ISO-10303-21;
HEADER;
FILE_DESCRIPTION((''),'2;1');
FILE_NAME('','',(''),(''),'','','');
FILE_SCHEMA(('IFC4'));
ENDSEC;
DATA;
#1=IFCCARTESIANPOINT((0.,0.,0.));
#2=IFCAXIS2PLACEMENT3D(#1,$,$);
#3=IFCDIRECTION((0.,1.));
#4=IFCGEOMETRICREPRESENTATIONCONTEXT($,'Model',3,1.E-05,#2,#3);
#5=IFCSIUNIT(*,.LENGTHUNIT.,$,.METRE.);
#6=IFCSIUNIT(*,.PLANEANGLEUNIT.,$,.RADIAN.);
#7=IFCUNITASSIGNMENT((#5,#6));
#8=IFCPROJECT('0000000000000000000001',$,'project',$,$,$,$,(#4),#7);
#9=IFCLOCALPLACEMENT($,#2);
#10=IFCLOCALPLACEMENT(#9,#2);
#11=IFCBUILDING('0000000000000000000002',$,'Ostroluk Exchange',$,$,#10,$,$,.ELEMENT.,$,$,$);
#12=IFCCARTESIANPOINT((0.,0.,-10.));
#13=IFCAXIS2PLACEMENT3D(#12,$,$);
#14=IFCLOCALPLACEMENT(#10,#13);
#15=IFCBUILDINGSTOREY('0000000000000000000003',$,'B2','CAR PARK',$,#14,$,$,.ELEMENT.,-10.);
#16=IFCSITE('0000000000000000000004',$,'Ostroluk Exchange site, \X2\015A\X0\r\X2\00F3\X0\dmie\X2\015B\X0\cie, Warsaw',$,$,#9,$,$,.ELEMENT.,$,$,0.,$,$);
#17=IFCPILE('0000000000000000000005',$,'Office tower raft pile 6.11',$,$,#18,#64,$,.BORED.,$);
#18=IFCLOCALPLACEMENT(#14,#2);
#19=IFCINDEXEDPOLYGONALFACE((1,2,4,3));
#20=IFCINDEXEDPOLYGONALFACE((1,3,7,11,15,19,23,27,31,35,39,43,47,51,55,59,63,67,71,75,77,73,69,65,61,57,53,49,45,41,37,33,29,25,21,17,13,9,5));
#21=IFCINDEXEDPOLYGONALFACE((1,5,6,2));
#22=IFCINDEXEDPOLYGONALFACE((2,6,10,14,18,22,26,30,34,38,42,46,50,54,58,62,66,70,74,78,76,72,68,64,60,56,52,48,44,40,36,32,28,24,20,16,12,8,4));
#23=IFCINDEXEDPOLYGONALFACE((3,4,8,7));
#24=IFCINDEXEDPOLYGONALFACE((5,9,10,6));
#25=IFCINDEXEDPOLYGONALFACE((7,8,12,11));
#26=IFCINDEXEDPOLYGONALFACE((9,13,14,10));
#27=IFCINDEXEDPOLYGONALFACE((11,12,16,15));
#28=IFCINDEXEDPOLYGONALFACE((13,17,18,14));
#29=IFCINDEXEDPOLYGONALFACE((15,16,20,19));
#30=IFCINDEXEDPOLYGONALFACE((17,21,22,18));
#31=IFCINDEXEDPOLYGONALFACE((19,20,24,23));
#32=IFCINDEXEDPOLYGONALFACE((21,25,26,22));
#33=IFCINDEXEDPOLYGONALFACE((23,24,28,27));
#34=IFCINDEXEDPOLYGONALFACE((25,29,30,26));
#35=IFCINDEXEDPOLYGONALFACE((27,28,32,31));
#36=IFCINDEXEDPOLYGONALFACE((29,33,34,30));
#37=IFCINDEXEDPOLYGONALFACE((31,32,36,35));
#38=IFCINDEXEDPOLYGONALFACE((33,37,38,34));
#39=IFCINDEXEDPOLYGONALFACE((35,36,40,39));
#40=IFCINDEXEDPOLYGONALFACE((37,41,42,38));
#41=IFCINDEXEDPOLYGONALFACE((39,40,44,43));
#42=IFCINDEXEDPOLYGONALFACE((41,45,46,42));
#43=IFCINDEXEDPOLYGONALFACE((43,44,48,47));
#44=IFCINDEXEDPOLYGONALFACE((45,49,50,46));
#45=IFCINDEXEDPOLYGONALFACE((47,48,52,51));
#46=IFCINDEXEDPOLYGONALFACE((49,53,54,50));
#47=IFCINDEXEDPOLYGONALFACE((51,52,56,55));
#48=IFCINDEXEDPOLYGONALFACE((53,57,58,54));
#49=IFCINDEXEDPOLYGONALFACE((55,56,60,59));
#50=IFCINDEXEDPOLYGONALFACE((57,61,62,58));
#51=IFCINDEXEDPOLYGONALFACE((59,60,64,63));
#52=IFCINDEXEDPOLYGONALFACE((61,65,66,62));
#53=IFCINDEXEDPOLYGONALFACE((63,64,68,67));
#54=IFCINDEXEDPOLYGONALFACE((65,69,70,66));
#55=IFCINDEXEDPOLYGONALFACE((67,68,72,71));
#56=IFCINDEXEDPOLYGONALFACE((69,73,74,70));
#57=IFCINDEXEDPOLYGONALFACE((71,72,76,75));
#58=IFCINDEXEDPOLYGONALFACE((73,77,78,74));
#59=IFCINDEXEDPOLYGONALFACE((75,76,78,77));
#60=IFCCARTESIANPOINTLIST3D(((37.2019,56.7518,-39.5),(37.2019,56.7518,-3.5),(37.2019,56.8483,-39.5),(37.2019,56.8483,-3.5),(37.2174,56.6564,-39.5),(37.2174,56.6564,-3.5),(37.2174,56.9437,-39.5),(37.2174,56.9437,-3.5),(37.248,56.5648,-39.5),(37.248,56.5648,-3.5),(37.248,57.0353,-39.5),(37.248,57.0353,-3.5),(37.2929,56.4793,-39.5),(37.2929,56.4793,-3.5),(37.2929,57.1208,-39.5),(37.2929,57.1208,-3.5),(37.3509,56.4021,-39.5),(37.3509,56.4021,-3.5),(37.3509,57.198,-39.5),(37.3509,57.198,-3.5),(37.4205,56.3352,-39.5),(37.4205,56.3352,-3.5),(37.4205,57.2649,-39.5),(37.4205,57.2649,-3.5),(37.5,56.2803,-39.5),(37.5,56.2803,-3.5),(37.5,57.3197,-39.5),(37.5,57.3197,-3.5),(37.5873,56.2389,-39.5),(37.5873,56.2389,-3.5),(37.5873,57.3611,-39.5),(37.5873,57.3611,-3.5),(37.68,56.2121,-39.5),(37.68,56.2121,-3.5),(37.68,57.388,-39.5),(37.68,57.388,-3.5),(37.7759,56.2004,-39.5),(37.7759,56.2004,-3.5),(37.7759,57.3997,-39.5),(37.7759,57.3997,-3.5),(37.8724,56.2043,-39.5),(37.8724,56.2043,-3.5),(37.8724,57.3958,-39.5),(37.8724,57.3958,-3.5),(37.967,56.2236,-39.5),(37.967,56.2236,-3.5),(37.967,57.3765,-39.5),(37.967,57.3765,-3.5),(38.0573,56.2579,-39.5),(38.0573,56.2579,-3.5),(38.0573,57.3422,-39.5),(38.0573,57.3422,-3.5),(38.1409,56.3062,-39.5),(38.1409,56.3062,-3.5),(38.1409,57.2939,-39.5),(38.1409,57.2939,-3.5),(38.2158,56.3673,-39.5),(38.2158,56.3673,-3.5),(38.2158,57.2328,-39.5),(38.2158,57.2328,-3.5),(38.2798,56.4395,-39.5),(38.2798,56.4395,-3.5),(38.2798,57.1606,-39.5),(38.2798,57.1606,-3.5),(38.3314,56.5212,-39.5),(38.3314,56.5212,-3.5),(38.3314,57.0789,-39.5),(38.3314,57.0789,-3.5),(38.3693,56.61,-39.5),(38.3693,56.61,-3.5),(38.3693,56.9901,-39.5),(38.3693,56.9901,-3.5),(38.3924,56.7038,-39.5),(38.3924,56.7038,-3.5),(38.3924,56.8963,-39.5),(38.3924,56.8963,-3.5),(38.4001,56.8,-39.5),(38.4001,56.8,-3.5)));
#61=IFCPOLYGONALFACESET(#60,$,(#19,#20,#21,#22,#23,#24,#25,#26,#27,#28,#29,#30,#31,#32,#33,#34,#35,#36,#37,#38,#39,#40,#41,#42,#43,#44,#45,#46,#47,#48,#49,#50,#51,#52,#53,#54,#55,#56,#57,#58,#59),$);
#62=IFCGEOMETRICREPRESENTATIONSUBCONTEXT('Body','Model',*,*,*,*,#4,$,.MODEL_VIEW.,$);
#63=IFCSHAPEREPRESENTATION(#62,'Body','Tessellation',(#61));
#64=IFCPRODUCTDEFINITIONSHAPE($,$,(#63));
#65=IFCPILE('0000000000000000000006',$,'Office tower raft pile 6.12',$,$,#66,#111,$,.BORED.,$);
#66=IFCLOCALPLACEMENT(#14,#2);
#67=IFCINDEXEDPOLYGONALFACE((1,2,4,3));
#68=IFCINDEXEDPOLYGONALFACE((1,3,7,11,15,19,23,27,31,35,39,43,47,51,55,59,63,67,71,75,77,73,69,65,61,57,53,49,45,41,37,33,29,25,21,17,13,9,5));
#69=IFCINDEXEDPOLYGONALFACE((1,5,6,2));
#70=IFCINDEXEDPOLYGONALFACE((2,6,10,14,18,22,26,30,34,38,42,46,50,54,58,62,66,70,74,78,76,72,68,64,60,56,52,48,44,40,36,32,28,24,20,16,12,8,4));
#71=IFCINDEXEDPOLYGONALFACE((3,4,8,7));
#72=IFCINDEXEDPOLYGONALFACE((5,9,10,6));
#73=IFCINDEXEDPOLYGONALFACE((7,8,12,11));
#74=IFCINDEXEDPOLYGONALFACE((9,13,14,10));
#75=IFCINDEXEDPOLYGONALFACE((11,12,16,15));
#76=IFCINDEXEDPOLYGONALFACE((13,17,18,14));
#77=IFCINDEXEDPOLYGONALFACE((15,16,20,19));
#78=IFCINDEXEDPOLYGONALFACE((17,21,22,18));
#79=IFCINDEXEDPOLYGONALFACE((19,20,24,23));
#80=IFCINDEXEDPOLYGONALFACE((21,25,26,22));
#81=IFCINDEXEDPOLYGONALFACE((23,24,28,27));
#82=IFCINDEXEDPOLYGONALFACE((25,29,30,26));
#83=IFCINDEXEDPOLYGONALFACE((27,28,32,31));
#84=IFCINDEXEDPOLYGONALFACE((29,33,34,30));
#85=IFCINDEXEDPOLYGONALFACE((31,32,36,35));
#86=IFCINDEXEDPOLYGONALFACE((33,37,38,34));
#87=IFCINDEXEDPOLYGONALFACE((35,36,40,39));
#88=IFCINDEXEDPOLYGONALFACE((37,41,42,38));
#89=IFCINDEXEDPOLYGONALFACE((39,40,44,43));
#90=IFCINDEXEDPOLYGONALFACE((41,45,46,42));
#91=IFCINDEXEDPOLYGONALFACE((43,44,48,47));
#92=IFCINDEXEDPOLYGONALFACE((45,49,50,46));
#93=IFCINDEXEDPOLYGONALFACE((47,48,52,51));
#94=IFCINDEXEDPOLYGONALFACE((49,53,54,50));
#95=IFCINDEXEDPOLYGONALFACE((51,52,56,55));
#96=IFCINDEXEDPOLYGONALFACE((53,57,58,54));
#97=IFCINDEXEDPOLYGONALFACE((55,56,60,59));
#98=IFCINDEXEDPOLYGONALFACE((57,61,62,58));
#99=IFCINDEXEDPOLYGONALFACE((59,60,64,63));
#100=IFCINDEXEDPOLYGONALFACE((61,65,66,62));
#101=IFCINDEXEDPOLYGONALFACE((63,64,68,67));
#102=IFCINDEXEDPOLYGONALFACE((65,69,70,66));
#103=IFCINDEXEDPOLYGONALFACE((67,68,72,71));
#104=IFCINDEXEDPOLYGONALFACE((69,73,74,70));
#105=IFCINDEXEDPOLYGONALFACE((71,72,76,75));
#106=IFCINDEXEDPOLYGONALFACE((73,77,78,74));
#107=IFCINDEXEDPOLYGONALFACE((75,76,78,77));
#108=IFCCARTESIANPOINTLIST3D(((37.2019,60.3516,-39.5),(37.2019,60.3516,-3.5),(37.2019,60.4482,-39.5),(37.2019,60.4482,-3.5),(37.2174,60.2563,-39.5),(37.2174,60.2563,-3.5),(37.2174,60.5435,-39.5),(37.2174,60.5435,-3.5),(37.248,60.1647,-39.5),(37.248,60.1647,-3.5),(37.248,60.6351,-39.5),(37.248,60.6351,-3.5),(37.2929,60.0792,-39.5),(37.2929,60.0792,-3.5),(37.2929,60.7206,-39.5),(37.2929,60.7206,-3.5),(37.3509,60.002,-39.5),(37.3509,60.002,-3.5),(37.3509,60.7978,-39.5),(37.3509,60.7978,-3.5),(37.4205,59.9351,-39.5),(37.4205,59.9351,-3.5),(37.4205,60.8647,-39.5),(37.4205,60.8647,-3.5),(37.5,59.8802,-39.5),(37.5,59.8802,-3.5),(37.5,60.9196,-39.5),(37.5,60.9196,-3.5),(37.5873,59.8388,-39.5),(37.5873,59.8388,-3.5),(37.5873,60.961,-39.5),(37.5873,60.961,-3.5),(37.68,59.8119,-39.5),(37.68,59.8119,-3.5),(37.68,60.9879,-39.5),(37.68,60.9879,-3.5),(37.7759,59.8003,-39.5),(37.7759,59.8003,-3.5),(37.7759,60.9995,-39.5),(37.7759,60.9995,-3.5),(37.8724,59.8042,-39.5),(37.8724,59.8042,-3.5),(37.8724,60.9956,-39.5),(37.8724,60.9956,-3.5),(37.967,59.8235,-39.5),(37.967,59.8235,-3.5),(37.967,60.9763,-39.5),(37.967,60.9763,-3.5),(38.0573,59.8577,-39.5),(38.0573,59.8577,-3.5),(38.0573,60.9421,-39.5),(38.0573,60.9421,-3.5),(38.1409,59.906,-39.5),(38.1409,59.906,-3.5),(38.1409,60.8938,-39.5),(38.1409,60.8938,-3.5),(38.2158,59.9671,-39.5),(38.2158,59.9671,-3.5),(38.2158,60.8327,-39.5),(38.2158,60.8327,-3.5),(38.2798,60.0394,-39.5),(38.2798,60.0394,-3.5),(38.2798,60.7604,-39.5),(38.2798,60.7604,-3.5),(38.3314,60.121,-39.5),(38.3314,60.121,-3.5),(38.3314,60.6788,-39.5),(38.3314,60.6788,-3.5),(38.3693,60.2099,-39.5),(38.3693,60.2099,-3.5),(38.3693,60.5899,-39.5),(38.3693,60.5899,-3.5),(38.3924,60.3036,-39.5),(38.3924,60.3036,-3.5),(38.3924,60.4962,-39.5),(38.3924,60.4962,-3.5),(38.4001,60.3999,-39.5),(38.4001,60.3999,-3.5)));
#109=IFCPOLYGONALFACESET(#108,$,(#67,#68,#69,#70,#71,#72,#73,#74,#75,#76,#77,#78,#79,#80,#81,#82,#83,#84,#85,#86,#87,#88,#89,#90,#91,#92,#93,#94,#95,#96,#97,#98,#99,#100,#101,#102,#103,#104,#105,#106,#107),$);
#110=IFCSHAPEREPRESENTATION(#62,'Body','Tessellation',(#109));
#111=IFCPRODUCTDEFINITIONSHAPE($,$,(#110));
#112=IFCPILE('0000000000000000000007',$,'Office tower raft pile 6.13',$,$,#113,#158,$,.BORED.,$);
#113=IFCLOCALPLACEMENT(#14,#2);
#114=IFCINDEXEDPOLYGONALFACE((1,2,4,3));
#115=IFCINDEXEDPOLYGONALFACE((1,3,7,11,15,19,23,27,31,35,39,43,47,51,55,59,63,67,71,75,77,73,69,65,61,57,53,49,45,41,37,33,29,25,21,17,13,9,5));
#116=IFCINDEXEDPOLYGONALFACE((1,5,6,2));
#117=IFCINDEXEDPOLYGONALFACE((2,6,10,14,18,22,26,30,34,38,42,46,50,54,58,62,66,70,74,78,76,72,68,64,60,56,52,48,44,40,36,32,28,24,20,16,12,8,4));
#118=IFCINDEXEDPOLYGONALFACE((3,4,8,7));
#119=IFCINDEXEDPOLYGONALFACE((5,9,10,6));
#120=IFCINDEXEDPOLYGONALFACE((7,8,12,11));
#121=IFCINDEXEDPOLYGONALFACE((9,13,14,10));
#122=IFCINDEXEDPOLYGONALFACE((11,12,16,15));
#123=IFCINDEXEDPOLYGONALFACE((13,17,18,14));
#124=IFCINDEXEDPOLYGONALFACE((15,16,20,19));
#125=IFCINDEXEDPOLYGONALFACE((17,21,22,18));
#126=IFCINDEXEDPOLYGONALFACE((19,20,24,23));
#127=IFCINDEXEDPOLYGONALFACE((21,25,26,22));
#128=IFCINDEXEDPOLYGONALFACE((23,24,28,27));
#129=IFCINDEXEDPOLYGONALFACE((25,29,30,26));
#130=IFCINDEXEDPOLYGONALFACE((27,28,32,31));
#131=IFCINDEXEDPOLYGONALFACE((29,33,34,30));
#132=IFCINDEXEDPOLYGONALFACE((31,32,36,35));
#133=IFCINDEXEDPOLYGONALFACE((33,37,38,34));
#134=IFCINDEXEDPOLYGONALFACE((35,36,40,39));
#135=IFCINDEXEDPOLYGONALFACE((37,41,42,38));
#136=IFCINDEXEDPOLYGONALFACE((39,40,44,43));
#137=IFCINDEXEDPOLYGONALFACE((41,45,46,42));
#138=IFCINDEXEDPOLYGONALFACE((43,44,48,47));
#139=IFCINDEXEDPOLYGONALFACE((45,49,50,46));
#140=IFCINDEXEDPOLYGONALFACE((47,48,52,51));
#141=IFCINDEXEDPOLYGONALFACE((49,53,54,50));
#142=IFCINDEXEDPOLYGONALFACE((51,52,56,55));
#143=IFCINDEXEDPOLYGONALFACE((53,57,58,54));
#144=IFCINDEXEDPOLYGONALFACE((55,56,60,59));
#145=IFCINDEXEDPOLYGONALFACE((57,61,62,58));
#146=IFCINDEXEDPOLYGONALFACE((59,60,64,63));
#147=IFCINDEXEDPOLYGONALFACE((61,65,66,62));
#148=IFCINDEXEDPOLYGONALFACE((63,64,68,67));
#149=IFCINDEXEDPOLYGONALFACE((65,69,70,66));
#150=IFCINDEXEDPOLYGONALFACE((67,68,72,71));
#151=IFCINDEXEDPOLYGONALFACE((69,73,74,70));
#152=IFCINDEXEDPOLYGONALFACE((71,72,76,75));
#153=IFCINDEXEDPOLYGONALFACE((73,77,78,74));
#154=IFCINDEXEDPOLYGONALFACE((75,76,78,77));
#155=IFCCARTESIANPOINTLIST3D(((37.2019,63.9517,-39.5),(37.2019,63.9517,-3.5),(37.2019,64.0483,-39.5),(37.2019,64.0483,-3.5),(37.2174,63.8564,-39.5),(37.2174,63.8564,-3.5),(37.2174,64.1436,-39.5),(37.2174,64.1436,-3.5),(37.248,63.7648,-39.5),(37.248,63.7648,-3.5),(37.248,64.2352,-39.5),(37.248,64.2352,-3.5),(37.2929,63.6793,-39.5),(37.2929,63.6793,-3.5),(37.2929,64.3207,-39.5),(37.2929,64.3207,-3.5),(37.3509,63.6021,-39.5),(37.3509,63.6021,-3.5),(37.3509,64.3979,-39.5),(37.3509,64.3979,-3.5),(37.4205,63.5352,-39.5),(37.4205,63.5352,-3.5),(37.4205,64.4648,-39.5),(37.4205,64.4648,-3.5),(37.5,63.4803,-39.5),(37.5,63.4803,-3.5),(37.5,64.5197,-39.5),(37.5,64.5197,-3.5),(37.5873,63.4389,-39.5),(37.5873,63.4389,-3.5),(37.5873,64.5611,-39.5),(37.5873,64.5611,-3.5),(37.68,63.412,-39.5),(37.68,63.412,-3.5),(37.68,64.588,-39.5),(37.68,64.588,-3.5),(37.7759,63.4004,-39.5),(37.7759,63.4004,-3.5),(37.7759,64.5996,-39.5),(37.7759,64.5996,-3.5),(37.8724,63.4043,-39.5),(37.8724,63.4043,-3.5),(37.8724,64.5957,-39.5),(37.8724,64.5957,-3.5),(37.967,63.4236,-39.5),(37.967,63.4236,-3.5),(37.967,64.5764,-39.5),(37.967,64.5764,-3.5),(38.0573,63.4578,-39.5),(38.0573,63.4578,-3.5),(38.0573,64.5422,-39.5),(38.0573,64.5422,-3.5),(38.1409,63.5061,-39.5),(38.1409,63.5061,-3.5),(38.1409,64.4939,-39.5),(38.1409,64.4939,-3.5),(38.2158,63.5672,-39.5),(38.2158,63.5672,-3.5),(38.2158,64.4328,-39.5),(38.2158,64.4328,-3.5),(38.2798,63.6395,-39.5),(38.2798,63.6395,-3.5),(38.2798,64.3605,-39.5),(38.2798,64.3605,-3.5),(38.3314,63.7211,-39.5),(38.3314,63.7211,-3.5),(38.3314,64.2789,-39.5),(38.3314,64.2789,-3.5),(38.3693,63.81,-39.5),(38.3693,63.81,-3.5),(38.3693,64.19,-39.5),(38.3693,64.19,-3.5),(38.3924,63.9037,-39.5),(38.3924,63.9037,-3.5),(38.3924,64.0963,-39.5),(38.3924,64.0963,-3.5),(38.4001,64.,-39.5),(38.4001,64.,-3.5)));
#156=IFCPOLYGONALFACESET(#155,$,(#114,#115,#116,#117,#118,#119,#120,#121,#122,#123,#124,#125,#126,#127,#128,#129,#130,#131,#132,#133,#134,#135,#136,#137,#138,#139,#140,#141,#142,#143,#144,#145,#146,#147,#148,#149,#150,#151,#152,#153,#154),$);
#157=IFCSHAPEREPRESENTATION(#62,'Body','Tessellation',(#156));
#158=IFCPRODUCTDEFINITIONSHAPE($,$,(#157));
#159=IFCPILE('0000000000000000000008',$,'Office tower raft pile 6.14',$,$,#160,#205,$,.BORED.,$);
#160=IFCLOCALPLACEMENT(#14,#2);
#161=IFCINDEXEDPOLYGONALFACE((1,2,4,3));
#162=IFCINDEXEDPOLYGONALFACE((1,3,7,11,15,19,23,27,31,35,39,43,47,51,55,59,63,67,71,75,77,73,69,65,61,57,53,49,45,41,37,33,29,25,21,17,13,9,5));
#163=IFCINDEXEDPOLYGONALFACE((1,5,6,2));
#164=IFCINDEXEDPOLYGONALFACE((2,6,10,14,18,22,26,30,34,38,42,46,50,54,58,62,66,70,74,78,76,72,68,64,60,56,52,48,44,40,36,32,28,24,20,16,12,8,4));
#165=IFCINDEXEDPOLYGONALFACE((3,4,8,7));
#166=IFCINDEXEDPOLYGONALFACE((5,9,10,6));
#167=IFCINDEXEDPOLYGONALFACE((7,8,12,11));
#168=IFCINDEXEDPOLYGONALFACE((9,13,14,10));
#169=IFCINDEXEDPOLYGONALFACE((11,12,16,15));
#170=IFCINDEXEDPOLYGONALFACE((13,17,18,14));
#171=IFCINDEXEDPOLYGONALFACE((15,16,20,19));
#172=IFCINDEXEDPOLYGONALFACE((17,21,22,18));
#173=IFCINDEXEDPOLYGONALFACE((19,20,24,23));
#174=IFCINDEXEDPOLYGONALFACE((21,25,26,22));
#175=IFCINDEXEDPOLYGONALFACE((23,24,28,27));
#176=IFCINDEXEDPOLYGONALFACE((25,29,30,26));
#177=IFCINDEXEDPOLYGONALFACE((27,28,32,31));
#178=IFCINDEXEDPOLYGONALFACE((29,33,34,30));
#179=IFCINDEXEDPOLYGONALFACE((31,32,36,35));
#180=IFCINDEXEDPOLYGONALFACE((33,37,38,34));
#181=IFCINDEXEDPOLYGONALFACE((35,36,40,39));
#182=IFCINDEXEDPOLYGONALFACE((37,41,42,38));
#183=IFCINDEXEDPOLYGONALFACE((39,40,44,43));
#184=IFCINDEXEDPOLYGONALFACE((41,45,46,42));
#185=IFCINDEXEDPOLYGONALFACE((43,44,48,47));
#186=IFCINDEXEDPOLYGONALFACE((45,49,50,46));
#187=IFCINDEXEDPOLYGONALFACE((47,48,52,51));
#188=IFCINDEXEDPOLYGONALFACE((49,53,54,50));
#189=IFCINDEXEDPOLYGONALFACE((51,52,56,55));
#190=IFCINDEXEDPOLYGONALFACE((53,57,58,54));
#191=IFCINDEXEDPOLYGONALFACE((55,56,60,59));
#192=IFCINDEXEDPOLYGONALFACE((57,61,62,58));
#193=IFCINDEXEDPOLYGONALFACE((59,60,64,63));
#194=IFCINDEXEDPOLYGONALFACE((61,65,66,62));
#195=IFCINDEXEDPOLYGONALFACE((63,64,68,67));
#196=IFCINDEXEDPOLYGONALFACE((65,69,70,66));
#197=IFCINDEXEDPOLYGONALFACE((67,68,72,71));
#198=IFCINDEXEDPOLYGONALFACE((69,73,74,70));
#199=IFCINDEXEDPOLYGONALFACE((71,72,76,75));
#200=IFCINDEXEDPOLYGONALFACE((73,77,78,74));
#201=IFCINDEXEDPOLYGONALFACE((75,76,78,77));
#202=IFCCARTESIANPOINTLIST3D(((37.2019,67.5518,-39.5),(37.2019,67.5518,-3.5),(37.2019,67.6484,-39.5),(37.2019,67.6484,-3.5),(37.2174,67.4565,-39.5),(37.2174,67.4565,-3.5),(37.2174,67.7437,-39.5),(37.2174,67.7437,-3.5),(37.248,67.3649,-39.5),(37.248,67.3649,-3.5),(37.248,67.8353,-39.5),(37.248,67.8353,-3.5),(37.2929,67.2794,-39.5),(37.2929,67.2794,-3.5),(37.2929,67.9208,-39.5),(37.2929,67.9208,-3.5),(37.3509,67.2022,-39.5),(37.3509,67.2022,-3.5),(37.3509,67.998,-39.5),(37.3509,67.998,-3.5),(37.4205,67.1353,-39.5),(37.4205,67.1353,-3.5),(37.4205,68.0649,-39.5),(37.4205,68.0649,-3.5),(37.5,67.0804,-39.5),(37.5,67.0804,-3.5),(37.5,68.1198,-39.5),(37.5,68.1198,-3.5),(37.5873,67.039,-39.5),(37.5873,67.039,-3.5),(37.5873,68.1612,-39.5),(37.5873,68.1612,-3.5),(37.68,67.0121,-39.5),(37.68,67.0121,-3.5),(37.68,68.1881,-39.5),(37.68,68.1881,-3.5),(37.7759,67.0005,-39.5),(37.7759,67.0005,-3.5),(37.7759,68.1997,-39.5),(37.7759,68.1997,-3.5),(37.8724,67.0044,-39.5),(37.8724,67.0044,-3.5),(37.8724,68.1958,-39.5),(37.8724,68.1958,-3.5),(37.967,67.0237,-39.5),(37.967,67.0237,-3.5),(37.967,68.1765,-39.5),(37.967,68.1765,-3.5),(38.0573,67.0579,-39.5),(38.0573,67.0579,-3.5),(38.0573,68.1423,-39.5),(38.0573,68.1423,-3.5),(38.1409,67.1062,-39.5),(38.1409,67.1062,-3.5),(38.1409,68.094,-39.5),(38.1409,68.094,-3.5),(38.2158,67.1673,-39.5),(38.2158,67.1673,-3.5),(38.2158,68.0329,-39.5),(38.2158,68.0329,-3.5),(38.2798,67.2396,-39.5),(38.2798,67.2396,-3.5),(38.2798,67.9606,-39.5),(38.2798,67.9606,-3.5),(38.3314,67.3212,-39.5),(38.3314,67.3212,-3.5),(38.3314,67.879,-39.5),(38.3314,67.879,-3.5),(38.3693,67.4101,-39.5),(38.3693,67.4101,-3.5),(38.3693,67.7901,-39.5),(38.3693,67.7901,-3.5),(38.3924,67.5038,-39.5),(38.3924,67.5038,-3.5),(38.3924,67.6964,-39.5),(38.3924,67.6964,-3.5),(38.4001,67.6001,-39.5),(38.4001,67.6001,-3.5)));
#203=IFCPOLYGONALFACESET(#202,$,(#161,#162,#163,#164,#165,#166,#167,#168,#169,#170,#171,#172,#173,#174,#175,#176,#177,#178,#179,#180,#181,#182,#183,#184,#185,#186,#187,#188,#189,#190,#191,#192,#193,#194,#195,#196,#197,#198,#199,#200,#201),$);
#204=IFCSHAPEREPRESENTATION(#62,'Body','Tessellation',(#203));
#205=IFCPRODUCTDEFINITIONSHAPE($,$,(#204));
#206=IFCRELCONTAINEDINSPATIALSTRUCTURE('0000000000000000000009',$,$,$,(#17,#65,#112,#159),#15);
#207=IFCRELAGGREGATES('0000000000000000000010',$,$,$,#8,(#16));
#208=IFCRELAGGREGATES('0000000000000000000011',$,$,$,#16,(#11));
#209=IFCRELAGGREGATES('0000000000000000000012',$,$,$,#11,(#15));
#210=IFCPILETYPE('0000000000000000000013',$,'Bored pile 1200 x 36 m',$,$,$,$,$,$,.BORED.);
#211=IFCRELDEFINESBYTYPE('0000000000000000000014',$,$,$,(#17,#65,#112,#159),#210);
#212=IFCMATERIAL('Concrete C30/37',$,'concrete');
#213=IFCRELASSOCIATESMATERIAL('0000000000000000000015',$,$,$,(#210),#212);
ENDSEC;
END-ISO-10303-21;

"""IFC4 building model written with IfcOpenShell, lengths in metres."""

from ifc_helpers import new_model, si_unit, direction, frame, origin, origin_2d, place, context, subcontext, project, spatial, circle, extrude, material, type_object, element, save


model = new_model("IFC4")

# Units and contexts
model_context = context("Model", 3, precision=1e-05, world=origin(), true_north=direction((0.0, 1.0)))
body_context = subcontext(model_context, "Body", "Model", "MODEL_VIEW")
ifc_project = project(units=[si_unit("LENGTHUNIT", "METRE"), si_unit("PLANEANGLEUNIT", "RADIAN")], contexts=[model_context])

# Site, building, storey
site_placement = place(None, origin())
site = spatial("IfcSite", under=ifc_project, at=site_placement, Name="Ostroluk Exchange site, Śródmieście, Warsaw", CompositionType="ELEMENT", RefElevation=0.0)
building_placement = place(site_placement, origin())
building = spatial("IfcBuilding", under=site, at=building_placement, Name="Ostroluk Exchange", CompositionType="ELEMENT")
storey_placement = place(building_placement, frame((0.0, 0.0, -10.0)))
storey = spatial("IfcBuildingStorey", under=building, at=storey_placement, Name="B2", Description="CAR PARK", CompositionType="ELEMENT", Elevation=-10.0)

# Piles
ifc_material_1 = material(Name="Concrete C30/37", Category="concrete")
pile_type = type_object("IfcPileType", Name="Bored pile 1200 x 36 m", PredefinedType="BORED", material=ifc_material_1)
for number, where, z_axis, x_axis, name in (
    (1, (37.8, 56.8, -3.5), (0.0, 0.0, -1.0), (1.0, 0.0, 0.0), "Office tower raft pile 6.11"),
    (2, (37.8, 60.3999, -3.5), (0.0, 0.0, -1.0), (1.0, 0.0, 0.0), "Office tower raft pile 6.12"),
    (3, (37.8, 64.0, -3.5), (0.0, 0.0, -1.0), (1.0, 0.0, 0.0), "Office tower raft pile 6.13"),
    (4, (37.8, 67.6001, -3.5), (0.0, 0.0, -1.0), (1.0, 0.0, 0.0), "Office tower raft pile 6.14"),
):
    element("IfcPile", number, at=place(storey_placement, frame(where, z_axis=z_axis, x_axis=x_axis)), inside=storey, type_object=pile_type, Name=name, PredefinedType="BORED", context=body_context, shape_type="SweptSolid", body=[
        extrude(circle(Radius=0.6001, at=origin_2d()), origin(), (0.0, 0.0, 1.0), 36.0),
    ])

save(model, "model.ifc")
